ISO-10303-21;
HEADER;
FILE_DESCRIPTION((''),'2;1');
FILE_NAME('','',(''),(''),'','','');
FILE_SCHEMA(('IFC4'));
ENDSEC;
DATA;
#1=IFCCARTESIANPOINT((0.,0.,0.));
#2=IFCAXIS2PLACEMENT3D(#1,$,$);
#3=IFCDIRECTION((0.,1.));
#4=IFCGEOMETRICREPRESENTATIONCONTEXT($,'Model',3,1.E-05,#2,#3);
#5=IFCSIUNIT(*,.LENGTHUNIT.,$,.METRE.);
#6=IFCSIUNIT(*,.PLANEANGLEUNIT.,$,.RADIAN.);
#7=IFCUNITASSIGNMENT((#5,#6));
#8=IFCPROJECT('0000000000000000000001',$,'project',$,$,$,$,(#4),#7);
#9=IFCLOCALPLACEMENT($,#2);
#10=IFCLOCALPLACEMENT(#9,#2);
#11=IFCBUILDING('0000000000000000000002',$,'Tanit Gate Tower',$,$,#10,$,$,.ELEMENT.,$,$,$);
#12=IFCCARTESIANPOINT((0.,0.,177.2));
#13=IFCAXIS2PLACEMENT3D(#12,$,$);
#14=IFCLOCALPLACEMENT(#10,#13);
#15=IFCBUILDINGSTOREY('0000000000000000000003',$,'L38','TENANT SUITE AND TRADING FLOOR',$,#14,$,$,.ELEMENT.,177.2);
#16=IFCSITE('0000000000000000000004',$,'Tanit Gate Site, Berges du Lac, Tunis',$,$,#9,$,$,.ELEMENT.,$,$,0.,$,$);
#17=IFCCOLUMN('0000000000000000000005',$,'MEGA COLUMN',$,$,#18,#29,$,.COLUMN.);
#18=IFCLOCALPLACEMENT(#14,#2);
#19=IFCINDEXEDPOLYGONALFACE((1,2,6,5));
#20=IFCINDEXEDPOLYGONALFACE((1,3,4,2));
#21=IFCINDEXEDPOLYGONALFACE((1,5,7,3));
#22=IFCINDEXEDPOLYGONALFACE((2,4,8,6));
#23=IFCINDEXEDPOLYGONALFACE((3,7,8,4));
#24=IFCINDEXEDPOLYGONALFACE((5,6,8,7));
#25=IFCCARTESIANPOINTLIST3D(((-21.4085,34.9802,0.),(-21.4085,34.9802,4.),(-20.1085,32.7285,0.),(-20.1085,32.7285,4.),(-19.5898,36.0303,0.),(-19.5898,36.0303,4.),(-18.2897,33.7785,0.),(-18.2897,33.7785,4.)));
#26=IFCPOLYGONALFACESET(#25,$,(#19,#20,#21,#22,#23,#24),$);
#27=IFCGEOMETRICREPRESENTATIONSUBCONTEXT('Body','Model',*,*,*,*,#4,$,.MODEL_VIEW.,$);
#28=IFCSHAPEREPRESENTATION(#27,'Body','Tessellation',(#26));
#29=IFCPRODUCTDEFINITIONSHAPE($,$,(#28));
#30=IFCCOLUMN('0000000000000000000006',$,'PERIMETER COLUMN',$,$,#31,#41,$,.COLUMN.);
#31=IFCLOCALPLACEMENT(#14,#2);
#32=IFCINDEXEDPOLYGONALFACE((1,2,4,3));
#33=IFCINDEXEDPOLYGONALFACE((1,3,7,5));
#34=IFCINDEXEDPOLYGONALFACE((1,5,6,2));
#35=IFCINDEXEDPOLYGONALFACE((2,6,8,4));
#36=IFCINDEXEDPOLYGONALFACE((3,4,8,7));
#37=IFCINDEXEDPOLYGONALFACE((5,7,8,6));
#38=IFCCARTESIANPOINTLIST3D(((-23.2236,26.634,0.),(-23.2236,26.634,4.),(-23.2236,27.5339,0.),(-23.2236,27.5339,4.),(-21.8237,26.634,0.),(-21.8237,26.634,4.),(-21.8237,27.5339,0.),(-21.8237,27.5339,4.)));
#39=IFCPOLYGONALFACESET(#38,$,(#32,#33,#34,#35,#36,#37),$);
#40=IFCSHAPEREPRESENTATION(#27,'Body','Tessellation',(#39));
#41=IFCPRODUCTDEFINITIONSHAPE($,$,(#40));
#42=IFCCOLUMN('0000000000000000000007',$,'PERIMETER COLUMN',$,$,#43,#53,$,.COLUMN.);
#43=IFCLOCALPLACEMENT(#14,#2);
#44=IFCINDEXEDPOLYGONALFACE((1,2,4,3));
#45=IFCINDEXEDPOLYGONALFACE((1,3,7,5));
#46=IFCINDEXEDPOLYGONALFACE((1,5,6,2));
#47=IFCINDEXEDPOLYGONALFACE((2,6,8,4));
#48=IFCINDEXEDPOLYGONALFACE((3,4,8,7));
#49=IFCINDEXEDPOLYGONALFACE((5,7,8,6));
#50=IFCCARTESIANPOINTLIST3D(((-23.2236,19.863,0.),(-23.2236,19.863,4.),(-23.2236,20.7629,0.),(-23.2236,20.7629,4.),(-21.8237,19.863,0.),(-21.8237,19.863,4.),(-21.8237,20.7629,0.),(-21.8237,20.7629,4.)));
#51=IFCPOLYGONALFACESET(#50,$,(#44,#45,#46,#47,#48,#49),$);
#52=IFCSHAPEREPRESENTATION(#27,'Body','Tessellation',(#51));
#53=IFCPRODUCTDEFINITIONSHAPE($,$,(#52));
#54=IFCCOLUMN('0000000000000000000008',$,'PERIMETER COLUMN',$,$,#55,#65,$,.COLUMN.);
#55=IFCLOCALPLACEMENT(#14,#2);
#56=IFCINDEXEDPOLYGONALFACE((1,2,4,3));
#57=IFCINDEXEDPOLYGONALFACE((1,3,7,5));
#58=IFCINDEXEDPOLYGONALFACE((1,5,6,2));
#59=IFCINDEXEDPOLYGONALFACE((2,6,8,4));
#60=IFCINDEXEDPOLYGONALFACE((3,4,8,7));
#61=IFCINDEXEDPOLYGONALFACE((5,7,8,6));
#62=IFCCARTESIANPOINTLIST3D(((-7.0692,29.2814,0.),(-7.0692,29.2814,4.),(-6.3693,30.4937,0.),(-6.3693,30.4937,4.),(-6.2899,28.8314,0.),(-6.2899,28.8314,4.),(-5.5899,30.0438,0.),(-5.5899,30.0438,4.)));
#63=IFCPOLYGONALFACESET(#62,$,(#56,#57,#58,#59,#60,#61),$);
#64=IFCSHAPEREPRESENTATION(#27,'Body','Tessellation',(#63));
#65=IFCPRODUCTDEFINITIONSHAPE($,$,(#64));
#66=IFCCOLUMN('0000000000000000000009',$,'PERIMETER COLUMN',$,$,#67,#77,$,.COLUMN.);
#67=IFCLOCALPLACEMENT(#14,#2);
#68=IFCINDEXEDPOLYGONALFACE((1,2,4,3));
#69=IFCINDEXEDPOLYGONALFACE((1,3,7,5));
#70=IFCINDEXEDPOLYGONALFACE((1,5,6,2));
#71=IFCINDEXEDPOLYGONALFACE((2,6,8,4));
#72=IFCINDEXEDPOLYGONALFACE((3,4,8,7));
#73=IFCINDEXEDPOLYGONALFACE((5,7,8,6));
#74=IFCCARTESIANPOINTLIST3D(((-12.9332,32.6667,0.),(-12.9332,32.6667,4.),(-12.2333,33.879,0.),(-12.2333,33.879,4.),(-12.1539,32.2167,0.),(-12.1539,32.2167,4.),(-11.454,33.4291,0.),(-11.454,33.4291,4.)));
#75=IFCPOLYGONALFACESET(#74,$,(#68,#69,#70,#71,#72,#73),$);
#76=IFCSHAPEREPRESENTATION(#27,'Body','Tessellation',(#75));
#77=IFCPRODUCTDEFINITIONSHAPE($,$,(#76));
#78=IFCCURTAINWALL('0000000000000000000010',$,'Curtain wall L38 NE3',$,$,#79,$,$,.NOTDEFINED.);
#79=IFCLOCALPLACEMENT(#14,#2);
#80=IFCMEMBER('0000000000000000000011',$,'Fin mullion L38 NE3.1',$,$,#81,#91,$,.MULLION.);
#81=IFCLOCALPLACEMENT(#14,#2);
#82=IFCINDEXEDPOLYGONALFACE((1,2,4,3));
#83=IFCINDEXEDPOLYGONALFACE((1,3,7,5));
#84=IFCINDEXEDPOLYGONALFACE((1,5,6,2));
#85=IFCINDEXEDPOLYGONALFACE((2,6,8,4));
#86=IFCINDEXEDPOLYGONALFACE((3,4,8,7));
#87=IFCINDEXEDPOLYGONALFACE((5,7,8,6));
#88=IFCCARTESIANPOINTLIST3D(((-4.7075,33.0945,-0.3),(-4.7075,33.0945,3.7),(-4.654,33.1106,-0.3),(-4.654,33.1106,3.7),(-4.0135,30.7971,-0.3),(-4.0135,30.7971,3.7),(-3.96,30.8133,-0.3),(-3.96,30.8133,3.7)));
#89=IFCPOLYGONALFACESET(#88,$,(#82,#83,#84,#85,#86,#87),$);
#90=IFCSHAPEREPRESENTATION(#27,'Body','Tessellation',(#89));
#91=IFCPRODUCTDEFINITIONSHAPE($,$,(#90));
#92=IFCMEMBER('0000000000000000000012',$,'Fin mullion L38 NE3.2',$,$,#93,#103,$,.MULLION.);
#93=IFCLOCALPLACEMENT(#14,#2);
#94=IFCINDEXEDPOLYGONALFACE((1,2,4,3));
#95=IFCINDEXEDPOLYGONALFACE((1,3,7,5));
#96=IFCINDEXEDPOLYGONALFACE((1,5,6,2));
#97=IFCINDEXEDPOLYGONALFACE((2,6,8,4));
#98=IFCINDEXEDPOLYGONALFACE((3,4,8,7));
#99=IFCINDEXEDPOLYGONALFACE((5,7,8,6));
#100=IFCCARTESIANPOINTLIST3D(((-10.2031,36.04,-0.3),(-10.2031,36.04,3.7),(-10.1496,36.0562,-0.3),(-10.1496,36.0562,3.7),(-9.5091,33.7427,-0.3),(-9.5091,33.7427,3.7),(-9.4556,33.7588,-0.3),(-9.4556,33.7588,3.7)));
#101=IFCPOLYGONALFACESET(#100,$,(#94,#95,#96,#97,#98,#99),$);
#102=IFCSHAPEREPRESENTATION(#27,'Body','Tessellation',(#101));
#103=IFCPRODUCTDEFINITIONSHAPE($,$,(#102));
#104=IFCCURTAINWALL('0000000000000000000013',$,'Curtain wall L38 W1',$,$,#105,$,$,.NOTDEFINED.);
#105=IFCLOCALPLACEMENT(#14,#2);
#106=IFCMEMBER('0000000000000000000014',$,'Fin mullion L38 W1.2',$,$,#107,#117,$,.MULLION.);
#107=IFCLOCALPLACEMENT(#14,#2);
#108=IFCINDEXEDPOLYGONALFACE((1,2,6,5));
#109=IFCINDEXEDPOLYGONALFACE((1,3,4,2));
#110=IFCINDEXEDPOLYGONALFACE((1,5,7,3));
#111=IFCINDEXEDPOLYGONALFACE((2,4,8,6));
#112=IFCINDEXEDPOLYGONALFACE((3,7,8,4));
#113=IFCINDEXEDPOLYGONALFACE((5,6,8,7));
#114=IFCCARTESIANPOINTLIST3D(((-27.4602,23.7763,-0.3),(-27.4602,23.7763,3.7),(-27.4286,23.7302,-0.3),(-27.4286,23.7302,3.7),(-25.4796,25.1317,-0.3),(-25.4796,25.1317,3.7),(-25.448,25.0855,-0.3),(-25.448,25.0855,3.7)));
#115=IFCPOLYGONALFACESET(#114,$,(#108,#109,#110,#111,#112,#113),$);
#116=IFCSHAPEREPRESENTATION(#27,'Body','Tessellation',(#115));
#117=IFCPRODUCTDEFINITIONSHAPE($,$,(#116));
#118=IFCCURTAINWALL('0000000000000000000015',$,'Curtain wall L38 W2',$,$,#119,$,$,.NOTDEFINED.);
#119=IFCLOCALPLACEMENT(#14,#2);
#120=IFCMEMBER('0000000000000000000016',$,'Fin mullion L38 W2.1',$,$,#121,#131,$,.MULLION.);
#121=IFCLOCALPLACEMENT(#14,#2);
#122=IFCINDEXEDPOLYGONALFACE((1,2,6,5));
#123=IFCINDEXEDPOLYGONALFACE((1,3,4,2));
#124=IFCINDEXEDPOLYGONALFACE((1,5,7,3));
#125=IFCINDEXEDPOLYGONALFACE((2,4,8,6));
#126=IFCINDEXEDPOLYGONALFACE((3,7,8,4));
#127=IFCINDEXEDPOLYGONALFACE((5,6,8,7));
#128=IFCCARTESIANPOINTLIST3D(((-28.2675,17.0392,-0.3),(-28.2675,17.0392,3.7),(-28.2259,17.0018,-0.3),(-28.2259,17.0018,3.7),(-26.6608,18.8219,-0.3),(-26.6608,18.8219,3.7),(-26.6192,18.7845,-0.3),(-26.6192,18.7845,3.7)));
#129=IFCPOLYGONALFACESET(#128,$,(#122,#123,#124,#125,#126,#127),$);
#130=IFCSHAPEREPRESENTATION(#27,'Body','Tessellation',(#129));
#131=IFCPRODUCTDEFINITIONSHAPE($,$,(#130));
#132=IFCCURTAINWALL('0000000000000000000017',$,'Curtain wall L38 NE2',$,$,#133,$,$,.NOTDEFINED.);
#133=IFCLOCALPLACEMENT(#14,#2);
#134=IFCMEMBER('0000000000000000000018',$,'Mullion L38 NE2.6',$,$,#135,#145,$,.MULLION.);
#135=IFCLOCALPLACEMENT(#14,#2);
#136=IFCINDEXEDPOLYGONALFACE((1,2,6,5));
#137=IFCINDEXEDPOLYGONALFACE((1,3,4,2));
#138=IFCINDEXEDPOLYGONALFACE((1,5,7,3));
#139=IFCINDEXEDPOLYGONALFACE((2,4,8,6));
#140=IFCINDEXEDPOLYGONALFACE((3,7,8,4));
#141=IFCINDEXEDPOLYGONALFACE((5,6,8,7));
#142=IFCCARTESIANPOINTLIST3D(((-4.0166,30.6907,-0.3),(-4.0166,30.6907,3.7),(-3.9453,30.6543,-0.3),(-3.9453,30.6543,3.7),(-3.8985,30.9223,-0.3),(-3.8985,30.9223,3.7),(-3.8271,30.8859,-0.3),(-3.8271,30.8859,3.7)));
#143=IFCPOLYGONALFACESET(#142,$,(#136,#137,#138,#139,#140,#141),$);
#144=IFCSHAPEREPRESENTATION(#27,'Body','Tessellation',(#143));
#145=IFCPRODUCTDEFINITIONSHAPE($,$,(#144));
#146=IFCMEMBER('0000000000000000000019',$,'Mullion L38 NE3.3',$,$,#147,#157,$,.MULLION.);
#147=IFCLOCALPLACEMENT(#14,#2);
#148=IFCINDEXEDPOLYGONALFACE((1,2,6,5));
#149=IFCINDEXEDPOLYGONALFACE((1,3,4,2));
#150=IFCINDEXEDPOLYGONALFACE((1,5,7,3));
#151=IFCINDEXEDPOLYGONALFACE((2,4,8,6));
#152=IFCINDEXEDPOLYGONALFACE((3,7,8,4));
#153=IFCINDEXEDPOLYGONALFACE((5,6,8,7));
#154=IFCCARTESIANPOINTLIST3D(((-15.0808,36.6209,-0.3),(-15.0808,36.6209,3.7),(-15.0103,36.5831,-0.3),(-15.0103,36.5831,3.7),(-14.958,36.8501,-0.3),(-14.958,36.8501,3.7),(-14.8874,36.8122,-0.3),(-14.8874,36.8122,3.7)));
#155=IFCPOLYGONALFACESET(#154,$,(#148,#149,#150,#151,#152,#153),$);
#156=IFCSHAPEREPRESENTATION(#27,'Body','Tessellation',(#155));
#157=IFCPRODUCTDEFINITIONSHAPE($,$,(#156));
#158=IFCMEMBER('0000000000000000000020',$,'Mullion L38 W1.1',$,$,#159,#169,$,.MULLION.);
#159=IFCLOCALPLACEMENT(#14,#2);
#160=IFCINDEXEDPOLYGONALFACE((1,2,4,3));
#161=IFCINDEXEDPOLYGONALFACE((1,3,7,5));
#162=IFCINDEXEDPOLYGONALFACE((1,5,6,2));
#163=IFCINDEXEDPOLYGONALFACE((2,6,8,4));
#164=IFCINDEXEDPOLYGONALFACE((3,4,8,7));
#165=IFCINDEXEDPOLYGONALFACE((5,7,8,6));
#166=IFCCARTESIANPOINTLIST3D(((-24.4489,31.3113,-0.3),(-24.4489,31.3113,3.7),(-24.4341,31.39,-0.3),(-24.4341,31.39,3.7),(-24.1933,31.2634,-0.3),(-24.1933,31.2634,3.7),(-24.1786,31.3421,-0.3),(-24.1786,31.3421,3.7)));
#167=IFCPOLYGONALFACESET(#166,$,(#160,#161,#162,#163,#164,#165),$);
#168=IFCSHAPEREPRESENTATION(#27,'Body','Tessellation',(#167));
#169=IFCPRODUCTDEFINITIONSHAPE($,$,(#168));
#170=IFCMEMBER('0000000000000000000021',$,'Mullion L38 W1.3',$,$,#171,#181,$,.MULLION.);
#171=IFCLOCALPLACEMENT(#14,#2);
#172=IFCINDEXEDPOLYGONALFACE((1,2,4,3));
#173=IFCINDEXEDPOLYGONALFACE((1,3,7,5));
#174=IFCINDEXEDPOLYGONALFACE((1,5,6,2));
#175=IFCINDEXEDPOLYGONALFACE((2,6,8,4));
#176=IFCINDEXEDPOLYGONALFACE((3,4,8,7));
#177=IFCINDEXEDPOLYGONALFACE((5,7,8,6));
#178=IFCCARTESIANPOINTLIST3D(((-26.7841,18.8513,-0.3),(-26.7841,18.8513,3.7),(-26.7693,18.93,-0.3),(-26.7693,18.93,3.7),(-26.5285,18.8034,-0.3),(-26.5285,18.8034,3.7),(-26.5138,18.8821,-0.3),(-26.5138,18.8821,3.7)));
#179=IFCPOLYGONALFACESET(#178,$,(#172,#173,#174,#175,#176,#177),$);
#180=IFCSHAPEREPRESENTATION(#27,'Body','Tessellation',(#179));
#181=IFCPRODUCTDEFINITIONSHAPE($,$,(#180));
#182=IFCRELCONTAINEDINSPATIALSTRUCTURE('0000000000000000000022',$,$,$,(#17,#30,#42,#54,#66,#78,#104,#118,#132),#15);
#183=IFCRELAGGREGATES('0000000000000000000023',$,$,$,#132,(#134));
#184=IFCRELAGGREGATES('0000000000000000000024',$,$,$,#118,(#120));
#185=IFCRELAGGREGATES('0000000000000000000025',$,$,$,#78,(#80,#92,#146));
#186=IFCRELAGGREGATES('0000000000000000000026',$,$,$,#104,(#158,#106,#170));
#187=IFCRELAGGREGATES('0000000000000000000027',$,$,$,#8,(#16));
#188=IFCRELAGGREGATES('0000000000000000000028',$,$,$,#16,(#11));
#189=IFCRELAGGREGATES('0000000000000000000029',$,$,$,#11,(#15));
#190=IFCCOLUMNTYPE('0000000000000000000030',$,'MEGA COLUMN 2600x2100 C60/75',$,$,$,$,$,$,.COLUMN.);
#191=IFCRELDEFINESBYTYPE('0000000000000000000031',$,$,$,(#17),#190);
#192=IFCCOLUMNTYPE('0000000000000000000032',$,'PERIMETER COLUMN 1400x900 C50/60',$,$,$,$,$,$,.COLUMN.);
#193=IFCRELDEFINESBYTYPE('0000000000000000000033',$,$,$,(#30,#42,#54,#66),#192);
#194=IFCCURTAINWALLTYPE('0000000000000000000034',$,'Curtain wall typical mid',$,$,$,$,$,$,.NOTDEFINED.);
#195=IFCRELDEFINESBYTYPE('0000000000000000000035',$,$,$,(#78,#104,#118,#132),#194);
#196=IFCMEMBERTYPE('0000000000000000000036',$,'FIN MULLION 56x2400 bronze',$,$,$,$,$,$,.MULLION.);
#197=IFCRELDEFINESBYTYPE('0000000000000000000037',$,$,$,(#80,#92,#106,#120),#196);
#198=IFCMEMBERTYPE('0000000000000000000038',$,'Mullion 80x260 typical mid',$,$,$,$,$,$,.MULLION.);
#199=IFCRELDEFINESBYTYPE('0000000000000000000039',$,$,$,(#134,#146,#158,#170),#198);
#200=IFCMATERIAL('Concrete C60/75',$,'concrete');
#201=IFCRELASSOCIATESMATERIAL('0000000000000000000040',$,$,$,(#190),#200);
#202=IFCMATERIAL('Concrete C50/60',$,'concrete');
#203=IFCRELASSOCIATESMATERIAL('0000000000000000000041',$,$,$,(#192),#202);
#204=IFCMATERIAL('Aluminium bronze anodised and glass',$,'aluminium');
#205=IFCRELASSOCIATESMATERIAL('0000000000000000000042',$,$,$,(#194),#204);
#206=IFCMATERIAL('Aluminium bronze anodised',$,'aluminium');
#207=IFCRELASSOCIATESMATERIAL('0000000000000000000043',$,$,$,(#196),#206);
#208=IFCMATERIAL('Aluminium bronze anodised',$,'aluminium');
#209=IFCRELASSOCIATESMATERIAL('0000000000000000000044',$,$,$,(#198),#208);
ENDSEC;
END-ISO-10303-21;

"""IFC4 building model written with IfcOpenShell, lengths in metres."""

from ifc_helpers import new_model, si_unit, direction, frame, origin, origin_2d, place, context, subcontext, project, spatial, rectangle, extrude, material, material_profile, profile_set, type_object, element, aggregate, save


model = new_model("IFC4")

# Units and contexts
model_context = context("Model", 3, precision=1e-05, world=origin(), true_north=direction((0.0, 1.0)))
body_context = subcontext(model_context, "Body", "Model", "MODEL_VIEW")
ifc_project = project(units=[si_unit("LENGTHUNIT", "METRE"), si_unit("PLANEANGLEUNIT", "RADIAN")], contexts=[model_context])

# Site, building, storey
site_placement = place(None, origin())
site = spatial("IfcSite", under=ifc_project, at=site_placement, Name="Tanit Gate Site, Berges du Lac, Tunis", CompositionType="ELEMENT", RefElevation=0.0)
building_placement = place(site_placement, origin())
building = spatial("IfcBuilding", under=site, at=building_placement, Name="Tanit Gate Tower", CompositionType="ELEMENT")
storey_placement = place(building_placement, frame((0.0, 0.0, 177.2)))
storey = spatial("IfcBuildingStorey", under=building, at=storey_placement, Name="L38", Description="TENANT SUITE AND TRADING FLOOR", CompositionType="ELEMENT", Elevation=177.2)

# Columns
ifc_material_1 = material(Name="Concrete C60/75", Category="concrete")
ifc_material_profile_1 = material_profile(ifc_material_1, rectangle(XDim=2.6001, YDim=2.1001, at=origin_2d()), Name="RC 2600x2100")
ifc_profile_set_1 = profile_set([ifc_material_profile_1], Name="Concrete C60/75")
column_type_1 = type_object("IfcColumnType", Name="MEGA COLUMN 2600x2100 C60/75", PredefinedType="COLUMN", material=ifc_profile_set_1)
column_placement = place(storey_placement, frame((-19.8491, 34.3794, 0.0), z_axis=(0.0, 0.0, 1.0), x_axis=(-0.5, 0.866025, 0.0)))
element("IfcColumn", 1, at=column_placement, inside=storey, type_object=column_type_1, Name="MEGA COLUMN", PredefinedType="COLUMN", context=body_context, shape_type="SweptSolid", body=[
    extrude(rectangle(XDim=2.6001, YDim=2.1001, at=origin_2d()), origin(), (0.0, 0.0, 1.0), 4.0),
])
ifc_material_2 = material(Name="Concrete C50/60", Category="concrete")
ifc_material_profile_2 = material_profile(ifc_material_2, rectangle(XDim=1.3999, YDim=0.8999, at=origin_2d()), Name="RC 1400x900")
ifc_profile_set_2 = profile_set([ifc_material_profile_2], Name="Concrete C50/60")
column_type_2 = type_object("IfcColumnType", Name="PERIMETER COLUMN 1400x900 C50/60", PredefinedType="COLUMN", material=ifc_profile_set_2)
for number, where, z_axis, x_axis, name in (
    (2, (-22.5237, 27.084, 0.0), (0.0, 0.0, 1.0), (-1.0, 0.0, 0.0), "PERIMETER COLUMN"),
    (3, (-22.5237, 20.313, 0.0), (0.0, 0.0, 1.0), (-1.0, 0.0, 0.0), "PERIMETER COLUMN"),
    (4, (-6.3296, 29.6626, 0.0), (0.0, 0.0, 1.0), (0.5, 0.866025, 0.0), "PERIMETER COLUMN"),
    (5, (-12.1936, 33.0479, 0.0), (0.0, 0.0, 1.0), (0.5, 0.866025, 0.0), "PERIMETER COLUMN"),
):
    element("IfcColumn", number, at=place(storey_placement, frame(where, z_axis=z_axis, x_axis=x_axis)), inside=storey, type_object=column_type_2, Name=name, PredefinedType="COLUMN", context=body_context, shape_type="SweptSolid", body=[
        extrude(rectangle(XDim=1.3999, YDim=0.8999, at=origin_2d()), origin(), (0.0, 0.0, 1.0), 4.0),
    ])

# Curtain wall, members
ifc_material_3 = material(Name="Aluminium bronze anodised and glass", Category="aluminium")
curtain_wall_type = type_object("IfcCurtainWallType", Name="Curtain wall typical mid", PredefinedType="NOTDEFINED", material=ifc_material_3)
curtain_wall_1_placement = place(storey_placement, origin())
curtain_wall_1 = element("IfcCurtainWall", 6, at=curtain_wall_1_placement, inside=storey, type_object=curtain_wall_type, Name="Curtain wall L38 NE3", PredefinedType="NOTDEFINED")
ifc_material_4 = material(Name="Aluminium bronze anodised", Category="aluminium")
ifc_material_profile_3 = material_profile(ifc_material_4, rectangle(XDim=2.3999, YDim=0.0559, at=origin_2d()), Name="56x2400 bronze fin mullion")
ifc_profile_set_3 = profile_set([ifc_material_profile_3], Name="Aluminium bronze anodised")
member_type_1 = type_object("IfcMemberType", Name="FIN MULLION 56x2400 bronze", PredefinedType="MULLION", material=ifc_profile_set_3)
member_1_placement = place(storey_placement, frame((-4.3337, 31.9539, -0.3), z_axis=(0.0, 0.0, 1.0), x_axis=(0.289196, -0.95727, 0.0)))
member_1 = element("IfcMember", 7, at=member_1_placement, type_object=member_type_1, Name="Fin mullion L38 NE3.1", PredefinedType="MULLION", context=body_context, shape_type="SweptSolid", body=[
    extrude(rectangle(XDim=2.3999, YDim=0.0559, at=origin_2d()), origin(), (0.0, 0.0, 1.0), 4.0),
])
member_2_placement = place(storey_placement, frame((-9.8293, 34.8994, -0.3), z_axis=(0.0, 0.0, 1.0), x_axis=(0.289196, -0.95727, 0.0)))
member_2 = element("IfcMember", 8, at=member_2_placement, type_object=member_type_1, Name="Fin mullion L38 NE3.2", PredefinedType="MULLION", context=body_context, shape_type="SweptSolid", body=[
    extrude(rectangle(XDim=2.3999, YDim=0.0559, at=origin_2d()), origin(), (0.0, 0.0, 1.0), 4.0),
])

# Curtain walls, members
curtain_wall_2_placement = place(storey_placement, origin())
curtain_wall_2 = element("IfcCurtainWall", 9, at=curtain_wall_2_placement, inside=storey, type_object=curtain_wall_type, Name="Curtain wall L38 W1", PredefinedType="NOTDEFINED")
member_3_placement = place(storey_placement, frame((-26.4541, 24.4309, -0.3), z_axis=(0.0, 0.0, 1.0), x_axis=(0.825254, 0.564762, 0.0)))
member_3 = element("IfcMember", 10, at=member_3_placement, type_object=member_type_1, Name="Fin mullion L38 W1.2", PredefinedType="MULLION", context=body_context, shape_type="SweptSolid", body=[
    extrude(rectangle(XDim=2.3999, YDim=0.0559, at=origin_2d()), origin(), (0.0, 0.0, 1.0), 4.0),
])
curtain_wall_3_placement = place(storey_placement, origin())
curtain_wall_3 = element("IfcCurtainWall", 11, at=curtain_wall_3_placement, inside=storey, type_object=curtain_wall_type, Name="Curtain wall L38 W2", PredefinedType="NOTDEFINED")
member_4_placement = place(storey_placement, frame((-27.4434, 17.9119, -0.3), z_axis=(0.0, 0.0, 1.0), x_axis=(0.669481, 0.742829, 0.0)))
member_4 = element("IfcMember", 12, at=member_4_placement, type_object=member_type_1, Name="Fin mullion L38 W2.1", PredefinedType="MULLION", context=body_context, shape_type="SweptSolid", body=[
    extrude(rectangle(XDim=2.3999, YDim=0.0559, at=origin_2d()), origin(), (0.0, 0.0, 1.0), 4.0),
])
curtain_wall_4_placement = place(storey_placement, origin())
curtain_wall_4 = element("IfcCurtainWall", 13, at=curtain_wall_4_placement, inside=storey, type_object=curtain_wall_type, Name="Curtain wall L38 NE2", PredefinedType="NOTDEFINED")
ifc_material_5 = material(Name="Aluminium bronze anodised", Category="aluminium")
ifc_material_profile_4 = material_profile(ifc_material_5, rectangle(XDim=0.26, YDim=0.0801, at=origin_2d()), Name="80x260 bronze mullion")
ifc_profile_set_4 = profile_set([ifc_material_profile_4], Name="Aluminium bronze anodised")
member_type_2 = type_object("IfcMemberType", Name="Mullion 80x260 typical mid", PredefinedType="MULLION", material=ifc_profile_set_4)
member_5_placement = place(storey_placement, frame((-3.9219, 30.7883, -0.3), z_axis=(0.0, 0.0, 1.0), x_axis=(-0.454411, -0.890792, 0.0)))
member_5 = element("IfcMember", 14, at=member_5_placement, type_object=member_type_2, Name="Mullion L38 NE2.6", PredefinedType="MULLION", context=body_context, shape_type="SweptSolid", body=[
    extrude(rectangle(XDim=0.26, YDim=0.0801, at=origin_2d()), origin(), (0.0, 0.0, 1.0), 4.0),
])
aggregate(curtain_wall_4, [member_5])

# Members
member_6_placement = place(storey_placement, frame((-14.9841, 36.7166, -0.3), z_axis=(0.0, 0.0, 1.0), x_axis=(-0.472399, -0.881385, 0.0)))
member_6 = element("IfcMember", 15, at=member_6_placement, type_object=member_type_2, Name="Mullion L38 NE3.3", PredefinedType="MULLION", context=body_context, shape_type="SweptSolid", body=[
    extrude(rectangle(XDim=0.26, YDim=0.0801, at=origin_2d()), origin(), (0.0, 0.0, 1.0), 4.0),
])
member_7_placement = place(storey_placement, frame((-24.3137, 31.3267, -0.3), z_axis=(0.0, 0.0, 1.0), x_axis=(0.98289, -0.184196, 0.0)))
member_7 = element("IfcMember", 16, at=member_7_placement, type_object=member_type_2, Name="Mullion L38 W1.1", PredefinedType="MULLION", context=body_context, shape_type="SweptSolid", body=[
    extrude(rectangle(XDim=0.26, YDim=0.0801, at=origin_2d()), origin(), (0.0, 0.0, 1.0), 4.0),
])
member_8_placement = place(storey_placement, frame((-26.6489, 18.8667, -0.3), z_axis=(0.0, 0.0, 1.0), x_axis=(0.98289, -0.184196, 0.0)))
member_8 = element("IfcMember", 17, at=member_8_placement, type_object=member_type_2, Name="Mullion L38 W1.3", PredefinedType="MULLION", context=body_context, shape_type="SweptSolid", body=[
    extrude(rectangle(XDim=0.26, YDim=0.0801, at=origin_2d()), origin(), (0.0, 0.0, 1.0), 4.0),
])

aggregate(curtain_wall_3, [member_4])

aggregate(curtain_wall_1, [member_1, member_2, member_6])
aggregate(curtain_wall_2, [member_7, member_3, member_8])

save(model, "model.ifc")
